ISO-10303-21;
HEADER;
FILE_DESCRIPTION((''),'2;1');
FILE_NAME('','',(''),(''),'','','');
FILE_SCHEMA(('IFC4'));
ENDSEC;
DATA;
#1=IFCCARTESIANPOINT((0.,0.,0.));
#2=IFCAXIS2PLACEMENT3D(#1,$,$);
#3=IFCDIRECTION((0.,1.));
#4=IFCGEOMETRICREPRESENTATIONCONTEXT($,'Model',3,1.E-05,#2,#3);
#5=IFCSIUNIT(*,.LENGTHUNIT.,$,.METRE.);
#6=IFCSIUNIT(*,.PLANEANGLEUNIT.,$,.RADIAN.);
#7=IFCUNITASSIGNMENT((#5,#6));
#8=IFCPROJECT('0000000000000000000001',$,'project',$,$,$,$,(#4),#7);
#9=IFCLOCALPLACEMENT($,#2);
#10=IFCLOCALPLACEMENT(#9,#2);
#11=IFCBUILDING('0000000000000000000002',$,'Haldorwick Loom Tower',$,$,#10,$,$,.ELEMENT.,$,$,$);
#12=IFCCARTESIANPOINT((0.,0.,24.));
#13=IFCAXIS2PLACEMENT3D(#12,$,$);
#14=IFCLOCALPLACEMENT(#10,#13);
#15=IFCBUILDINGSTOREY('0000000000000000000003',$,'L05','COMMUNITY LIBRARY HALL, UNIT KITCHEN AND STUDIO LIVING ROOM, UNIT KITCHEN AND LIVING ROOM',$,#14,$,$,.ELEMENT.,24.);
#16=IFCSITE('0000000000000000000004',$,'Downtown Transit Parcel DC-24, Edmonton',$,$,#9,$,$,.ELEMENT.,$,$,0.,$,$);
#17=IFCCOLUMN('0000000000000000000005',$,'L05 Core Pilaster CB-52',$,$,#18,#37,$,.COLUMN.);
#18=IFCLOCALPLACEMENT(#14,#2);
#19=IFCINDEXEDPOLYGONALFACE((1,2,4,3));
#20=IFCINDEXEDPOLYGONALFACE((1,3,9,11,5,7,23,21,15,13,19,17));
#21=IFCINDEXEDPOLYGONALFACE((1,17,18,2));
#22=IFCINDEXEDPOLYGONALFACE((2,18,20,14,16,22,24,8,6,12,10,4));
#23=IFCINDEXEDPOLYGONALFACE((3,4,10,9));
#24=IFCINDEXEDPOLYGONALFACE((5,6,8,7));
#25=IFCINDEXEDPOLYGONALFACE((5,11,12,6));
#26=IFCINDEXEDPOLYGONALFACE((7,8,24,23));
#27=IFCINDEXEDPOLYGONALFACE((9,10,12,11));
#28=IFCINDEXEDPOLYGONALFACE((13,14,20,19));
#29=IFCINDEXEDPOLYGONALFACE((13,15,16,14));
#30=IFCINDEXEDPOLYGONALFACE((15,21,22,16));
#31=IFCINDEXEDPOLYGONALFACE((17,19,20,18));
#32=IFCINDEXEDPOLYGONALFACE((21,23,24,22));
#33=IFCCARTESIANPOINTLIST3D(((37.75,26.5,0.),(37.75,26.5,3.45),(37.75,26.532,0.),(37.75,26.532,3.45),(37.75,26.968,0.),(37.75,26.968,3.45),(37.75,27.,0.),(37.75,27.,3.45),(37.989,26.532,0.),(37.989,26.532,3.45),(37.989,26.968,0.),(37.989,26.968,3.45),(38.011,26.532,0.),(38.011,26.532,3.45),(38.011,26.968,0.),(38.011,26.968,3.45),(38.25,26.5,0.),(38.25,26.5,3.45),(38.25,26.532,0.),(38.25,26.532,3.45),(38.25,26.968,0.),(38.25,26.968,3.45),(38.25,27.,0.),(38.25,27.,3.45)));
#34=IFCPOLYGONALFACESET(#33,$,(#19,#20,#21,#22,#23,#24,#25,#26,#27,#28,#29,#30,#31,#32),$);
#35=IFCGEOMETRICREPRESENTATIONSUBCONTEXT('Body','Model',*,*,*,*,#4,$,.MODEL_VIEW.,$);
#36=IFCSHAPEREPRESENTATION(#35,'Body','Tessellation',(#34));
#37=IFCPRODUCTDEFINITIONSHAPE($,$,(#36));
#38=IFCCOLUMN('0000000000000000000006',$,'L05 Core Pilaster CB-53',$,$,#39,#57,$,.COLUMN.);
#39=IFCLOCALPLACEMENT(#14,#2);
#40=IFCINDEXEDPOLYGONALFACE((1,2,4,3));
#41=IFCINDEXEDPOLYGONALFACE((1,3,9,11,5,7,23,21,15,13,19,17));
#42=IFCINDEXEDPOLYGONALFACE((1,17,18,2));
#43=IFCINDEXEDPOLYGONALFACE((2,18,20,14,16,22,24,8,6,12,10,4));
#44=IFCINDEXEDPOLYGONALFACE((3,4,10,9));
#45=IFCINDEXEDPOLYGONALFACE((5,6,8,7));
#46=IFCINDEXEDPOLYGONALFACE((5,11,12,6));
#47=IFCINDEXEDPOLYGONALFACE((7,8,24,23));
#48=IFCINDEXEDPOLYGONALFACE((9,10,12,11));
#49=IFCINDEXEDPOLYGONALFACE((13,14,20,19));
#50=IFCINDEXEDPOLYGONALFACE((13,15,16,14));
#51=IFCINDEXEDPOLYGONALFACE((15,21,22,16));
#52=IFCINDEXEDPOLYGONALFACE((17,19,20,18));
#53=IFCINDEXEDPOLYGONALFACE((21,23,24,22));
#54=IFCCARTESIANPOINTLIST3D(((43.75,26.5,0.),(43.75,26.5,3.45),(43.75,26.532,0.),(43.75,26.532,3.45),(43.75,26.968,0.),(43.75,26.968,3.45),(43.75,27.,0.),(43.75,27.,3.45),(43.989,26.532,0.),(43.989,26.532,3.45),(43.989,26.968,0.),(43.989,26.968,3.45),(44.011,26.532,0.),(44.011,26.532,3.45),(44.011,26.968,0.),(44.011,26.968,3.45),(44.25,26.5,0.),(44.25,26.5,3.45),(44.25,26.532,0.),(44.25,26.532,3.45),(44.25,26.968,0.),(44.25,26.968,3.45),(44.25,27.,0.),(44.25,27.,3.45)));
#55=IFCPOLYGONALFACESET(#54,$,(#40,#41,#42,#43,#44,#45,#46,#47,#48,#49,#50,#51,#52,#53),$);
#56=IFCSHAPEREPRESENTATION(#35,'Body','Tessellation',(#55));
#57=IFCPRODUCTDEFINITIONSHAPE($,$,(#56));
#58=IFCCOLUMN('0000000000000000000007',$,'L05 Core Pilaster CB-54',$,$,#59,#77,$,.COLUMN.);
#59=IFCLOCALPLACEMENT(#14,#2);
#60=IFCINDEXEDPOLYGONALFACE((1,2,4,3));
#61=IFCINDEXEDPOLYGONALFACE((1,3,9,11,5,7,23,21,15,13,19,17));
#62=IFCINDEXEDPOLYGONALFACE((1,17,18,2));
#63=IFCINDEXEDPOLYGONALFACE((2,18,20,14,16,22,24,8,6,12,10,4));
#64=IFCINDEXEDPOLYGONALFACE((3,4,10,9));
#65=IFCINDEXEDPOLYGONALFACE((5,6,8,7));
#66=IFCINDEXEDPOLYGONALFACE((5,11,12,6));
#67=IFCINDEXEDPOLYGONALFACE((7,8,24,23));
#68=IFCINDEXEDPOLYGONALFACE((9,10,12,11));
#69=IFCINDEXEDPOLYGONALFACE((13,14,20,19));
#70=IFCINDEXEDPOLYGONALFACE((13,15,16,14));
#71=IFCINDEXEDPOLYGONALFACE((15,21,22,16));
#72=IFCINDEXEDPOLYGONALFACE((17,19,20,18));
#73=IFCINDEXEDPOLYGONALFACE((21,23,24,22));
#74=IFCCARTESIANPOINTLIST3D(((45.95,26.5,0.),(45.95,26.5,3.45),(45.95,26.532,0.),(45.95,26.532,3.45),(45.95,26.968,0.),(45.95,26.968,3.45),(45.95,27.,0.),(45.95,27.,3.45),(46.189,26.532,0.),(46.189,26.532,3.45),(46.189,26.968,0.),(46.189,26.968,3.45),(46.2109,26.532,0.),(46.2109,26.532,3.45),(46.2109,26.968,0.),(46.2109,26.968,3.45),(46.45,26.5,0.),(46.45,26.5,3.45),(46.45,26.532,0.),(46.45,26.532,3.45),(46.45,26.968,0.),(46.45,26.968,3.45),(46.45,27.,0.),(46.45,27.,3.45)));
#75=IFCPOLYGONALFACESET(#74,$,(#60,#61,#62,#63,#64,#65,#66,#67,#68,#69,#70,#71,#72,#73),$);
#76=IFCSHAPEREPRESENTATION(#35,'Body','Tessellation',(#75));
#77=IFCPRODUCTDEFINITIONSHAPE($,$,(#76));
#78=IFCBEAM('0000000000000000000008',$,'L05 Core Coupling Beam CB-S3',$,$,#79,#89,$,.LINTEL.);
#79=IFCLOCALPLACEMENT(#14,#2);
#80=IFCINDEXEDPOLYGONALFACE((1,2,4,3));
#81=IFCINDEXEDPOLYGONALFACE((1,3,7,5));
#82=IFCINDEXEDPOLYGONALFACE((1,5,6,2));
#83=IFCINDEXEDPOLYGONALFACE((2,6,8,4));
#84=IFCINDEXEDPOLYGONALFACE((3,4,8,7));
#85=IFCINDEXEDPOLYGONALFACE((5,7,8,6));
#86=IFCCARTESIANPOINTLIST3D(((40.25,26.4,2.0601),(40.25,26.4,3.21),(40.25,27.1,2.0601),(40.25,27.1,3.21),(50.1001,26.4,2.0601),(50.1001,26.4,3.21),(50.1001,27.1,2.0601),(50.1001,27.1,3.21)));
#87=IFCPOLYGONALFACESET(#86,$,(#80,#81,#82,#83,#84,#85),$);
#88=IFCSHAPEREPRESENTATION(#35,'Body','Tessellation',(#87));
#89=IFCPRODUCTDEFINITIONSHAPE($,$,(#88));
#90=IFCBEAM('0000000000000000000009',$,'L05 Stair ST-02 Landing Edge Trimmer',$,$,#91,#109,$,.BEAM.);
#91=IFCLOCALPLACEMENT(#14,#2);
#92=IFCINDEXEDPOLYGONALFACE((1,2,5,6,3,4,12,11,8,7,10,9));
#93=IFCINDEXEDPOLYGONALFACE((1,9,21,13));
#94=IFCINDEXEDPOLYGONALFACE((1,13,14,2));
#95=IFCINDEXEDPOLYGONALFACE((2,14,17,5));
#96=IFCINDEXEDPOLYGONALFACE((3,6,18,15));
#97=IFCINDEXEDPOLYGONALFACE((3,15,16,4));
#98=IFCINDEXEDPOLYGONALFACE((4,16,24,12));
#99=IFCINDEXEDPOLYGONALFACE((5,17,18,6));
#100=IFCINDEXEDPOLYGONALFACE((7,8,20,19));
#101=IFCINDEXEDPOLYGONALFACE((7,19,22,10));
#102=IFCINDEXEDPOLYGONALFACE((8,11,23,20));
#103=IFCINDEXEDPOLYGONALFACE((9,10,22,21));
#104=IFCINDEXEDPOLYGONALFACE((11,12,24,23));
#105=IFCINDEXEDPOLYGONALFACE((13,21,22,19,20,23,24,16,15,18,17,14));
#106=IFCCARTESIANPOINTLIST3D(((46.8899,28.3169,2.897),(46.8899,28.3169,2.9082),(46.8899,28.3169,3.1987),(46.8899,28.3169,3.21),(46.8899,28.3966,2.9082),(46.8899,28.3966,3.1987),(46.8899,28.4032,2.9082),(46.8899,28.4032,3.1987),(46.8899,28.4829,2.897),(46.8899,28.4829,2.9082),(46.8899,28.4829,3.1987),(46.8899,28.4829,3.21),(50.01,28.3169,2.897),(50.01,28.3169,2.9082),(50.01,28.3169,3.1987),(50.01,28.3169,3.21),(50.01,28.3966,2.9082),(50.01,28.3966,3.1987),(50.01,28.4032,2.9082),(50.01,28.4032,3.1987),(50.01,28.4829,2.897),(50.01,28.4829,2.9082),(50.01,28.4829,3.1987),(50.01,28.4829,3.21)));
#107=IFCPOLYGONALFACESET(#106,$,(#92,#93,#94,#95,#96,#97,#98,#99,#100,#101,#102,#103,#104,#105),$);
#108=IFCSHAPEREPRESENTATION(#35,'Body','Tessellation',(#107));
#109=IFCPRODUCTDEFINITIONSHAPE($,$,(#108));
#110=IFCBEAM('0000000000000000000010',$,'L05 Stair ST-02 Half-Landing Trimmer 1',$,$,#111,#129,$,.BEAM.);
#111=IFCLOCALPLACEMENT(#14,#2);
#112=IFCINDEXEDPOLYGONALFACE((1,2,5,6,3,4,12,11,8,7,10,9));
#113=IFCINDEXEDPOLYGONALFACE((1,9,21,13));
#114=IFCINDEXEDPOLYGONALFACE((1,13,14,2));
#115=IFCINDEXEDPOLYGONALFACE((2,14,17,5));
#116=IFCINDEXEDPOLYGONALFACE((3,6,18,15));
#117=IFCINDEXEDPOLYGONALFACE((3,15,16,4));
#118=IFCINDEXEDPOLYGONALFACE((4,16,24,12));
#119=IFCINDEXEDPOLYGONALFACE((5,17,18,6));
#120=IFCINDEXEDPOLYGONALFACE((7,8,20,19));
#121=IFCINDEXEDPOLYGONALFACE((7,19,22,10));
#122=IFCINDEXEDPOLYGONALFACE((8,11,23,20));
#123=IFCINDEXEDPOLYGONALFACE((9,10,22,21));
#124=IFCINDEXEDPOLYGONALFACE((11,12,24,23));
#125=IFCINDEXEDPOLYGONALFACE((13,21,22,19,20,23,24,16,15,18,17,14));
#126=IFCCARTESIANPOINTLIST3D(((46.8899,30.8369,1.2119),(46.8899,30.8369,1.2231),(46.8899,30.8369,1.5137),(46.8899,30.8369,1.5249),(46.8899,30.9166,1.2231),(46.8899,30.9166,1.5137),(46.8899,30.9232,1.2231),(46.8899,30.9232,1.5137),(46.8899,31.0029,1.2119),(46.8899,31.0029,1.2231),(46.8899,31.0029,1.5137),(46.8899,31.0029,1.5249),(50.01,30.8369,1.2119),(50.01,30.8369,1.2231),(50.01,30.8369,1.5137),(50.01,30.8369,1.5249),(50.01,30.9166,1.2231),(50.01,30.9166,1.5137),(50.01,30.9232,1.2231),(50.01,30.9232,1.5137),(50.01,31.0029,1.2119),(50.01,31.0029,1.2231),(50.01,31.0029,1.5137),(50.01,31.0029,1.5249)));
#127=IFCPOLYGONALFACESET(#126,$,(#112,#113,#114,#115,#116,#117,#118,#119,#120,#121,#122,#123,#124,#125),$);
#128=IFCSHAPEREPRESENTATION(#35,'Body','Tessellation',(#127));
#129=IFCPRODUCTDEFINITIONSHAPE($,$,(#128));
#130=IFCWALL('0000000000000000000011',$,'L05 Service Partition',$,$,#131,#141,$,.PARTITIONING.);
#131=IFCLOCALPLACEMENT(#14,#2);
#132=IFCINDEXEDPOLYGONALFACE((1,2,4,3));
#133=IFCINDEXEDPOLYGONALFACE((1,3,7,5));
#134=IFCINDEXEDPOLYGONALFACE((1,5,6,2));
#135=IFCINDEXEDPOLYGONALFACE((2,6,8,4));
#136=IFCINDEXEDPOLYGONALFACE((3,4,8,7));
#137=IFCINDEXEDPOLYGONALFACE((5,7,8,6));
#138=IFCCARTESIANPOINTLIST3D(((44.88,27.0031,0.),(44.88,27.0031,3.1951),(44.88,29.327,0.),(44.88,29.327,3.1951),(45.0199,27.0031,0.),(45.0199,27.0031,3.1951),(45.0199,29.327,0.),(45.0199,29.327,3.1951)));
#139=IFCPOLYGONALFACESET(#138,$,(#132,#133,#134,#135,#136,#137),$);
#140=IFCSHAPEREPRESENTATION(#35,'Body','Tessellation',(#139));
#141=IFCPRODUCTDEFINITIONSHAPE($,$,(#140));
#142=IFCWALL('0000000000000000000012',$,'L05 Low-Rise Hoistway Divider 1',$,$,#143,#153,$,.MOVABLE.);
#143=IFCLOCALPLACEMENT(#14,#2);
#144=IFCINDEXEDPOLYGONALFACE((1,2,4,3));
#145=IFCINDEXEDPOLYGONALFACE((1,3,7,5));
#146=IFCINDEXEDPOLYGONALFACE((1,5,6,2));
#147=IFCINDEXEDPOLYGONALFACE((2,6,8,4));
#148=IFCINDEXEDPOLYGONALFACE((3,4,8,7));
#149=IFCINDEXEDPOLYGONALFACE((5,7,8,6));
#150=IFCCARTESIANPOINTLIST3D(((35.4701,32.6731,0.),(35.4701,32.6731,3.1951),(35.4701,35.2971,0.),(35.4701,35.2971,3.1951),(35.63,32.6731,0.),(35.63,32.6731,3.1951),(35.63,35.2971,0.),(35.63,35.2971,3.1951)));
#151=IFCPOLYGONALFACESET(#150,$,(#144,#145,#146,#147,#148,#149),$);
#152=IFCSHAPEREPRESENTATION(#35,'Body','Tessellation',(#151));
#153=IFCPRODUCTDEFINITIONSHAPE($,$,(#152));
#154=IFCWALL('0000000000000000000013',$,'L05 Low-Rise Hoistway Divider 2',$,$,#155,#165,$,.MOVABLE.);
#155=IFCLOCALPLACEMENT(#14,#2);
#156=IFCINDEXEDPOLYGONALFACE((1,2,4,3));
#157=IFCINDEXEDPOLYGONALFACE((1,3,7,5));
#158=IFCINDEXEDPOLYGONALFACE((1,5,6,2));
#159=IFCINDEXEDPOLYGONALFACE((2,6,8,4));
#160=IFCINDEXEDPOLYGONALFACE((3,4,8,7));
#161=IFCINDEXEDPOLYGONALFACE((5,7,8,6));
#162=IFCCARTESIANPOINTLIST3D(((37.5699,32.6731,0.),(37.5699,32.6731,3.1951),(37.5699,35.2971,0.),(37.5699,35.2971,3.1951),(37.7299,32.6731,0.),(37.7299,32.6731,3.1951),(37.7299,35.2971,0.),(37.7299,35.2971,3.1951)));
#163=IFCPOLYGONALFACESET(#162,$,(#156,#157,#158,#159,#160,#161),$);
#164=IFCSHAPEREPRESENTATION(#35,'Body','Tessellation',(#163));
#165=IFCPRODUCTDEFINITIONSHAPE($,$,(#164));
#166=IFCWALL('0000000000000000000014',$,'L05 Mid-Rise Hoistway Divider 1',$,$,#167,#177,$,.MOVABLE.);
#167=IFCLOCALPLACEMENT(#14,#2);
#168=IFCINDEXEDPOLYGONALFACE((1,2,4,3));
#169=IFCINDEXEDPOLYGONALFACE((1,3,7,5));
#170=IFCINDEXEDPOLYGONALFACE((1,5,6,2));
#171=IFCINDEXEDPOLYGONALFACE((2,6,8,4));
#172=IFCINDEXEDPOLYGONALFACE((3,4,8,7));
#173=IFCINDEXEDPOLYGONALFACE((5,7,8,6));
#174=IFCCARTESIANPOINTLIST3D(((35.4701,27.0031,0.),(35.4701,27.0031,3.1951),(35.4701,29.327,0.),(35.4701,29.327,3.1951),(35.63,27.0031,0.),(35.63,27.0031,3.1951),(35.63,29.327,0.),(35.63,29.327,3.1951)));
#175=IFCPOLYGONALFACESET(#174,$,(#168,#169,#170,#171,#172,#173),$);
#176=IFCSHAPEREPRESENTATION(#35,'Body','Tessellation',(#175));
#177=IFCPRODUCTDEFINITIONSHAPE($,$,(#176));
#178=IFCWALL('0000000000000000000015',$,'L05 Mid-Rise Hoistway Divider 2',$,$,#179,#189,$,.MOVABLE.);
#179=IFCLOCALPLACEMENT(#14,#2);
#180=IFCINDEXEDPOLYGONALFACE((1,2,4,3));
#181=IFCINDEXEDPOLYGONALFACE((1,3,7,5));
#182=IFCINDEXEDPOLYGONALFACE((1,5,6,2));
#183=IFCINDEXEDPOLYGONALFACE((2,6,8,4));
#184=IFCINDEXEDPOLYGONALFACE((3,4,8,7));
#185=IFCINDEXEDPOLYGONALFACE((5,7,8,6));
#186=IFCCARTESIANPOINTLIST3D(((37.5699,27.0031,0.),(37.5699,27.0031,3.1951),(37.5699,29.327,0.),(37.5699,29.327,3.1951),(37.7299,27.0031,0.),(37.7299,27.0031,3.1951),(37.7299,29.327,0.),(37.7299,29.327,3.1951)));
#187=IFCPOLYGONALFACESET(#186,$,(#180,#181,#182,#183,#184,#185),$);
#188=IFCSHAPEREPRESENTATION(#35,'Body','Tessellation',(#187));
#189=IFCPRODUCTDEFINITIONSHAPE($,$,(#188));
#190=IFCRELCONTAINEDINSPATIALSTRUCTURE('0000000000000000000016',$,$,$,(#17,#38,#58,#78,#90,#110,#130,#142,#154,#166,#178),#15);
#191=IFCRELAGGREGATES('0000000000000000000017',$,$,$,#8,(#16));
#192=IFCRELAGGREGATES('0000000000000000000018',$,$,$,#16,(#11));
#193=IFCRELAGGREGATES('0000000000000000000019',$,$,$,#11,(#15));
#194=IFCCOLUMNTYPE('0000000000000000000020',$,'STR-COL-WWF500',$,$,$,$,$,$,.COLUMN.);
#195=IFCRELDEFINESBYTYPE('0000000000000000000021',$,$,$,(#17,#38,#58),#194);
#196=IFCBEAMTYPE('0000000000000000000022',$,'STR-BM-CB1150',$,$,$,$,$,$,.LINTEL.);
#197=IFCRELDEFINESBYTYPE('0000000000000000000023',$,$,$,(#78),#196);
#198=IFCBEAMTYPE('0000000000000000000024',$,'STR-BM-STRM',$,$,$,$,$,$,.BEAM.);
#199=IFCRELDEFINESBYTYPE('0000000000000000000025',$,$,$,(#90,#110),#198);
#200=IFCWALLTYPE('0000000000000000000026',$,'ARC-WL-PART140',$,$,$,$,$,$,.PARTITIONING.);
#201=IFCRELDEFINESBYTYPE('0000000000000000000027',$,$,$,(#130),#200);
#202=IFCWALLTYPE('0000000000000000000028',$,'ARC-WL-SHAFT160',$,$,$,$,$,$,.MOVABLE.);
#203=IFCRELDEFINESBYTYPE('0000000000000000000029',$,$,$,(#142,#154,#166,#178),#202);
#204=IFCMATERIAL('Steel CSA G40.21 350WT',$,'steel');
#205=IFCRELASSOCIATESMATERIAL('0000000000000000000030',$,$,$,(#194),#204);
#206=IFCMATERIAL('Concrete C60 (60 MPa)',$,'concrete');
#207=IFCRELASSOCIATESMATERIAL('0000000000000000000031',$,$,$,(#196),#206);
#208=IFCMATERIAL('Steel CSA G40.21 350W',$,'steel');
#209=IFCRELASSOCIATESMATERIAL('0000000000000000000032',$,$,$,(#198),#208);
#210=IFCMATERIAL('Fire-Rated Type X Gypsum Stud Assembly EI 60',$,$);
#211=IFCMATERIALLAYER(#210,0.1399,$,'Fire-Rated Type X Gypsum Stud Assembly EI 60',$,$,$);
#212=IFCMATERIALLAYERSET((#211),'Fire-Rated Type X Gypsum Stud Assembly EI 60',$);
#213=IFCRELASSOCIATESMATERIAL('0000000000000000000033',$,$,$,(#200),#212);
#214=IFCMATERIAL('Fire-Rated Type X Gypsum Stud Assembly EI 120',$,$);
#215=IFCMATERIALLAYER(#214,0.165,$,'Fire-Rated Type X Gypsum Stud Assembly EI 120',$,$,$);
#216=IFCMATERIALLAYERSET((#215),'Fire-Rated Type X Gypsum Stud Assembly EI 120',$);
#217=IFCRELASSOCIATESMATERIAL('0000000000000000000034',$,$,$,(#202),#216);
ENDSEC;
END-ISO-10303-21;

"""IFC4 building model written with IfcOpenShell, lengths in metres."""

from ifc_helpers import new_model, si_unit, direction, frame, frame_2d, origin, origin_2d, place, context, subcontext, project, spatial, rectangle, i_section, extrude, material, layer, layer_set, material_profile, profile_set, type_object, element, save


model = new_model("IFC4")

# Units and contexts
model_context = context("Model", 3, precision=1e-05, world=origin(), true_north=direction((0.0, 1.0)))
body_context = subcontext(model_context, "Body", "Model", "MODEL_VIEW")
ifc_project = project(units=[si_unit("LENGTHUNIT", "METRE"), si_unit("PLANEANGLEUNIT", "RADIAN")], contexts=[model_context])

# Site, building, storey
site_placement = place(None, origin())
site = spatial("IfcSite", under=ifc_project, at=site_placement, Name="Downtown Transit Parcel DC-24, Edmonton", CompositionType="ELEMENT", RefElevation=0.0)
building_placement = place(site_placement, origin())
building = spatial("IfcBuilding", under=site, at=building_placement, Name="Haldorwick Loom Tower", CompositionType="ELEMENT")
storey_placement = place(building_placement, frame((0.0, 0.0, 24.0)))
storey = spatial("IfcBuildingStorey", under=building, at=storey_placement, Name="L05", Description="COMMUNITY LIBRARY HALL, UNIT KITCHEN AND STUDIO LIVING ROOM, UNIT KITCHEN AND LIVING ROOM", CompositionType="ELEMENT", Elevation=24.0)

# Columns
ifc_material_1 = material(Name="Steel CSA G40.21 350WT", Category="steel")
ifc_material_profile_1 = material_profile(ifc_material_1, i_section(OverallWidth=0.5, OverallDepth=0.5, WebThickness=0.022, FlangeThickness=0.032, at=origin_2d()), Name="WWF500X500", Category="steel")
ifc_profile_set_1 = profile_set([ifc_material_profile_1], Name="Steel CSA G40.21 350WT")
column_type = type_object("IfcColumnType", Name="STR-COL-WWF500", PredefinedType="COLUMN", material=ifc_profile_set_1)
for number, where, z_axis, x_axis, name in (
    (1, (38.0, 26.75, 0.0), (0.0, 0.0, 1.0), (1.0, 0.0, 0.0), "L05 Core Pilaster CB-52"),
    (2, (44.0, 26.75, 0.0), (0.0, 0.0, 1.0), (1.0, 0.0, 0.0), "L05 Core Pilaster CB-53"),
    (3, (46.2, 26.75, 0.0), (0.0, 0.0, 1.0), (1.0, 0.0, 0.0), "L05 Core Pilaster CB-54"),
):
    element("IfcColumn", number, at=place(storey_placement, frame(where, z_axis=z_axis, x_axis=x_axis)), inside=storey, type_object=column_type, Name=name, PredefinedType="COLUMN", context=body_context, shape_type="SweptSolid", body=[
        extrude(i_section(OverallWidth=0.5, OverallDepth=0.5, WebThickness=0.022, FlangeThickness=0.032, at=origin_2d()), origin(), (0.0, 0.0, 1.0), 3.45),
    ])

# Beams
ifc_material_2 = material(Name="Concrete C60 (60 MPa)", Category="concrete")
ifc_material_profile_2 = material_profile(ifc_material_2, rectangle(XDim=0.7, YDim=1.1499, at=origin_2d()), Name="RC700X1150", Category="concrete")
ifc_profile_set_2 = profile_set([ifc_material_profile_2], Name="Concrete C60 (60 MPa)")
beam_type_1 = type_object("IfcBeamType", Name="STR-BM-CB1150", PredefinedType="LINTEL", material=ifc_profile_set_2)
beam_placement = place(storey_placement, frame((40.25, 26.75, 2.635), z_axis=(1.0, 0.0, 0.0), x_axis=(0.0, 1.0, 0.0)))
element("IfcBeam", 4, at=beam_placement, inside=storey, type_object=beam_type_1, Name="L05 Core Coupling Beam CB-S3", PredefinedType="LINTEL", context=body_context, shape_type="SweptSolid", body=[
    extrude(rectangle(XDim=0.7, YDim=1.1499, at=origin_2d()), origin(), (0.0, 0.0, 1.0), 9.8501),
])
ifc_material_3 = material(Name="Steel CSA G40.21 350W", Category="steel")
ifc_material_profile_3 = material_profile(ifc_material_3, i_section(OverallWidth=0.166, OverallDepth=0.313, WebThickness=0.0066, FlangeThickness=0.0112, at=origin_2d()), Name="W310X45", Category="steel")
ifc_profile_set_3 = profile_set([ifc_material_profile_3], Name="Steel CSA G40.21 350W")
beam_type_2 = type_object("IfcBeamType", Name="STR-BM-STRM", PredefinedType="BEAM", material=ifc_profile_set_3)
for number, where, z_axis, x_axis, name in (
    (5, (46.8899, 28.3999, 3.0535), (1.0, 0.0, 0.0), (0.0, 1.0, 0.0), "L05 Stair ST-02 Landing Edge Trimmer"),
    (6, (46.8899, 30.9199, 1.3684), (1.0, 0.0, 0.0), (0.0, 1.0, 0.0), "L05 Stair ST-02 Half-Landing Trimmer 1"),
):
    element("IfcBeam", number, at=place(storey_placement, frame(where, z_axis=z_axis, x_axis=x_axis)), inside=storey, type_object=beam_type_2, Name=name, PredefinedType="BEAM", context=body_context, shape_type="SweptSolid", body=[
        extrude(i_section(OverallWidth=0.166, OverallDepth=0.313, WebThickness=0.0066, FlangeThickness=0.0112, at=origin_2d()), origin(), (0.0, 0.0, 1.0), 3.1201),
    ])

# Walls
ifc_material_4 = material(Name="Fire-Rated Type X Gypsum Stud Assembly EI 60")
ifc_layer_1 = layer(ifc_material_4, 0.1399, Name="Fire-Rated Type X Gypsum Stud Assembly EI 60")
ifc_layer_set_1 = layer_set([ifc_layer_1], Name="Fire-Rated Type X Gypsum Stud Assembly EI 60")
wall_type_1 = type_object("IfcWallType", Name="ARC-WL-PART140", PredefinedType="PARTITIONING", material=ifc_layer_set_1)
wall_1_placement = place(storey_placement, frame((44.95, 27.0029, 0.0), z_axis=(0.0, 0.0, 1.0), x_axis=(0.0, 1.0, 0.0)))
element("IfcWall", 7, at=wall_1_placement, inside=storey, type_object=wall_type_1, Name="L05 Service Partition", PredefinedType="PARTITIONING", context=body_context, shape_type="SweptSolid", body=[
    extrude(rectangle(XDim=2.324, YDim=0.1399, at=frame_2d((1.1621, 0.0))), origin(), (0.0, 0.0, 1.0), 3.1951),
])
ifc_material_5 = material(Name="Fire-Rated Type X Gypsum Stud Assembly EI 120")
ifc_layer_2 = layer(ifc_material_5, 0.165, Name="Fire-Rated Type X Gypsum Stud Assembly EI 120")
ifc_layer_set_2 = layer_set([ifc_layer_2], Name="Fire-Rated Type X Gypsum Stud Assembly EI 120")
wall_type_2 = type_object("IfcWallType", Name="ARC-WL-SHAFT160", PredefinedType="MOVABLE", material=ifc_layer_set_2)
for number, where, z_axis, x_axis, name in (
    (8, (35.55, 32.6731, 0.0), (0.0, 0.0, 1.0), (0.0, 1.0, 0.0), "L05 Low-Rise Hoistway Divider 1"),
    (9, (37.6499, 32.6731, 0.0), (0.0, 0.0, 1.0), (0.0, 1.0, 0.0), "L05 Low-Rise Hoistway Divider 2"),
):
    element("IfcWall", number, at=place(storey_placement, frame(where, z_axis=z_axis, x_axis=x_axis)), inside=storey, type_object=wall_type_2, Name=name, PredefinedType="MOVABLE", context=body_context, shape_type="SweptSolid", body=[
        extrude(rectangle(XDim=2.624, YDim=0.1599, at=frame_2d((1.312, 0.0))), origin(), (0.0, 0.0, 1.0), 3.1951),
    ])
for number, where, z_axis, x_axis, name in (
    (10, (35.55, 27.0029, 0.0), (0.0, 0.0, 1.0), (0.0, 1.0, 0.0), "L05 Mid-Rise Hoistway Divider 1"),
    (11, (37.6499, 27.0029, 0.0), (0.0, 0.0, 1.0), (0.0, 1.0, 0.0), "L05 Mid-Rise Hoistway Divider 2"),
):
    element("IfcWall", number, at=place(storey_placement, frame(where, z_axis=z_axis, x_axis=x_axis)), inside=storey, type_object=wall_type_2, Name=name, PredefinedType="MOVABLE", context=body_context, shape_type="SweptSolid", body=[
        extrude(rectangle(XDim=2.324, YDim=0.1599, at=frame_2d((1.1621, 0.0))), origin(), (0.0, 0.0, 1.0), 3.1951),
    ])

save(model, "model.ifc")
